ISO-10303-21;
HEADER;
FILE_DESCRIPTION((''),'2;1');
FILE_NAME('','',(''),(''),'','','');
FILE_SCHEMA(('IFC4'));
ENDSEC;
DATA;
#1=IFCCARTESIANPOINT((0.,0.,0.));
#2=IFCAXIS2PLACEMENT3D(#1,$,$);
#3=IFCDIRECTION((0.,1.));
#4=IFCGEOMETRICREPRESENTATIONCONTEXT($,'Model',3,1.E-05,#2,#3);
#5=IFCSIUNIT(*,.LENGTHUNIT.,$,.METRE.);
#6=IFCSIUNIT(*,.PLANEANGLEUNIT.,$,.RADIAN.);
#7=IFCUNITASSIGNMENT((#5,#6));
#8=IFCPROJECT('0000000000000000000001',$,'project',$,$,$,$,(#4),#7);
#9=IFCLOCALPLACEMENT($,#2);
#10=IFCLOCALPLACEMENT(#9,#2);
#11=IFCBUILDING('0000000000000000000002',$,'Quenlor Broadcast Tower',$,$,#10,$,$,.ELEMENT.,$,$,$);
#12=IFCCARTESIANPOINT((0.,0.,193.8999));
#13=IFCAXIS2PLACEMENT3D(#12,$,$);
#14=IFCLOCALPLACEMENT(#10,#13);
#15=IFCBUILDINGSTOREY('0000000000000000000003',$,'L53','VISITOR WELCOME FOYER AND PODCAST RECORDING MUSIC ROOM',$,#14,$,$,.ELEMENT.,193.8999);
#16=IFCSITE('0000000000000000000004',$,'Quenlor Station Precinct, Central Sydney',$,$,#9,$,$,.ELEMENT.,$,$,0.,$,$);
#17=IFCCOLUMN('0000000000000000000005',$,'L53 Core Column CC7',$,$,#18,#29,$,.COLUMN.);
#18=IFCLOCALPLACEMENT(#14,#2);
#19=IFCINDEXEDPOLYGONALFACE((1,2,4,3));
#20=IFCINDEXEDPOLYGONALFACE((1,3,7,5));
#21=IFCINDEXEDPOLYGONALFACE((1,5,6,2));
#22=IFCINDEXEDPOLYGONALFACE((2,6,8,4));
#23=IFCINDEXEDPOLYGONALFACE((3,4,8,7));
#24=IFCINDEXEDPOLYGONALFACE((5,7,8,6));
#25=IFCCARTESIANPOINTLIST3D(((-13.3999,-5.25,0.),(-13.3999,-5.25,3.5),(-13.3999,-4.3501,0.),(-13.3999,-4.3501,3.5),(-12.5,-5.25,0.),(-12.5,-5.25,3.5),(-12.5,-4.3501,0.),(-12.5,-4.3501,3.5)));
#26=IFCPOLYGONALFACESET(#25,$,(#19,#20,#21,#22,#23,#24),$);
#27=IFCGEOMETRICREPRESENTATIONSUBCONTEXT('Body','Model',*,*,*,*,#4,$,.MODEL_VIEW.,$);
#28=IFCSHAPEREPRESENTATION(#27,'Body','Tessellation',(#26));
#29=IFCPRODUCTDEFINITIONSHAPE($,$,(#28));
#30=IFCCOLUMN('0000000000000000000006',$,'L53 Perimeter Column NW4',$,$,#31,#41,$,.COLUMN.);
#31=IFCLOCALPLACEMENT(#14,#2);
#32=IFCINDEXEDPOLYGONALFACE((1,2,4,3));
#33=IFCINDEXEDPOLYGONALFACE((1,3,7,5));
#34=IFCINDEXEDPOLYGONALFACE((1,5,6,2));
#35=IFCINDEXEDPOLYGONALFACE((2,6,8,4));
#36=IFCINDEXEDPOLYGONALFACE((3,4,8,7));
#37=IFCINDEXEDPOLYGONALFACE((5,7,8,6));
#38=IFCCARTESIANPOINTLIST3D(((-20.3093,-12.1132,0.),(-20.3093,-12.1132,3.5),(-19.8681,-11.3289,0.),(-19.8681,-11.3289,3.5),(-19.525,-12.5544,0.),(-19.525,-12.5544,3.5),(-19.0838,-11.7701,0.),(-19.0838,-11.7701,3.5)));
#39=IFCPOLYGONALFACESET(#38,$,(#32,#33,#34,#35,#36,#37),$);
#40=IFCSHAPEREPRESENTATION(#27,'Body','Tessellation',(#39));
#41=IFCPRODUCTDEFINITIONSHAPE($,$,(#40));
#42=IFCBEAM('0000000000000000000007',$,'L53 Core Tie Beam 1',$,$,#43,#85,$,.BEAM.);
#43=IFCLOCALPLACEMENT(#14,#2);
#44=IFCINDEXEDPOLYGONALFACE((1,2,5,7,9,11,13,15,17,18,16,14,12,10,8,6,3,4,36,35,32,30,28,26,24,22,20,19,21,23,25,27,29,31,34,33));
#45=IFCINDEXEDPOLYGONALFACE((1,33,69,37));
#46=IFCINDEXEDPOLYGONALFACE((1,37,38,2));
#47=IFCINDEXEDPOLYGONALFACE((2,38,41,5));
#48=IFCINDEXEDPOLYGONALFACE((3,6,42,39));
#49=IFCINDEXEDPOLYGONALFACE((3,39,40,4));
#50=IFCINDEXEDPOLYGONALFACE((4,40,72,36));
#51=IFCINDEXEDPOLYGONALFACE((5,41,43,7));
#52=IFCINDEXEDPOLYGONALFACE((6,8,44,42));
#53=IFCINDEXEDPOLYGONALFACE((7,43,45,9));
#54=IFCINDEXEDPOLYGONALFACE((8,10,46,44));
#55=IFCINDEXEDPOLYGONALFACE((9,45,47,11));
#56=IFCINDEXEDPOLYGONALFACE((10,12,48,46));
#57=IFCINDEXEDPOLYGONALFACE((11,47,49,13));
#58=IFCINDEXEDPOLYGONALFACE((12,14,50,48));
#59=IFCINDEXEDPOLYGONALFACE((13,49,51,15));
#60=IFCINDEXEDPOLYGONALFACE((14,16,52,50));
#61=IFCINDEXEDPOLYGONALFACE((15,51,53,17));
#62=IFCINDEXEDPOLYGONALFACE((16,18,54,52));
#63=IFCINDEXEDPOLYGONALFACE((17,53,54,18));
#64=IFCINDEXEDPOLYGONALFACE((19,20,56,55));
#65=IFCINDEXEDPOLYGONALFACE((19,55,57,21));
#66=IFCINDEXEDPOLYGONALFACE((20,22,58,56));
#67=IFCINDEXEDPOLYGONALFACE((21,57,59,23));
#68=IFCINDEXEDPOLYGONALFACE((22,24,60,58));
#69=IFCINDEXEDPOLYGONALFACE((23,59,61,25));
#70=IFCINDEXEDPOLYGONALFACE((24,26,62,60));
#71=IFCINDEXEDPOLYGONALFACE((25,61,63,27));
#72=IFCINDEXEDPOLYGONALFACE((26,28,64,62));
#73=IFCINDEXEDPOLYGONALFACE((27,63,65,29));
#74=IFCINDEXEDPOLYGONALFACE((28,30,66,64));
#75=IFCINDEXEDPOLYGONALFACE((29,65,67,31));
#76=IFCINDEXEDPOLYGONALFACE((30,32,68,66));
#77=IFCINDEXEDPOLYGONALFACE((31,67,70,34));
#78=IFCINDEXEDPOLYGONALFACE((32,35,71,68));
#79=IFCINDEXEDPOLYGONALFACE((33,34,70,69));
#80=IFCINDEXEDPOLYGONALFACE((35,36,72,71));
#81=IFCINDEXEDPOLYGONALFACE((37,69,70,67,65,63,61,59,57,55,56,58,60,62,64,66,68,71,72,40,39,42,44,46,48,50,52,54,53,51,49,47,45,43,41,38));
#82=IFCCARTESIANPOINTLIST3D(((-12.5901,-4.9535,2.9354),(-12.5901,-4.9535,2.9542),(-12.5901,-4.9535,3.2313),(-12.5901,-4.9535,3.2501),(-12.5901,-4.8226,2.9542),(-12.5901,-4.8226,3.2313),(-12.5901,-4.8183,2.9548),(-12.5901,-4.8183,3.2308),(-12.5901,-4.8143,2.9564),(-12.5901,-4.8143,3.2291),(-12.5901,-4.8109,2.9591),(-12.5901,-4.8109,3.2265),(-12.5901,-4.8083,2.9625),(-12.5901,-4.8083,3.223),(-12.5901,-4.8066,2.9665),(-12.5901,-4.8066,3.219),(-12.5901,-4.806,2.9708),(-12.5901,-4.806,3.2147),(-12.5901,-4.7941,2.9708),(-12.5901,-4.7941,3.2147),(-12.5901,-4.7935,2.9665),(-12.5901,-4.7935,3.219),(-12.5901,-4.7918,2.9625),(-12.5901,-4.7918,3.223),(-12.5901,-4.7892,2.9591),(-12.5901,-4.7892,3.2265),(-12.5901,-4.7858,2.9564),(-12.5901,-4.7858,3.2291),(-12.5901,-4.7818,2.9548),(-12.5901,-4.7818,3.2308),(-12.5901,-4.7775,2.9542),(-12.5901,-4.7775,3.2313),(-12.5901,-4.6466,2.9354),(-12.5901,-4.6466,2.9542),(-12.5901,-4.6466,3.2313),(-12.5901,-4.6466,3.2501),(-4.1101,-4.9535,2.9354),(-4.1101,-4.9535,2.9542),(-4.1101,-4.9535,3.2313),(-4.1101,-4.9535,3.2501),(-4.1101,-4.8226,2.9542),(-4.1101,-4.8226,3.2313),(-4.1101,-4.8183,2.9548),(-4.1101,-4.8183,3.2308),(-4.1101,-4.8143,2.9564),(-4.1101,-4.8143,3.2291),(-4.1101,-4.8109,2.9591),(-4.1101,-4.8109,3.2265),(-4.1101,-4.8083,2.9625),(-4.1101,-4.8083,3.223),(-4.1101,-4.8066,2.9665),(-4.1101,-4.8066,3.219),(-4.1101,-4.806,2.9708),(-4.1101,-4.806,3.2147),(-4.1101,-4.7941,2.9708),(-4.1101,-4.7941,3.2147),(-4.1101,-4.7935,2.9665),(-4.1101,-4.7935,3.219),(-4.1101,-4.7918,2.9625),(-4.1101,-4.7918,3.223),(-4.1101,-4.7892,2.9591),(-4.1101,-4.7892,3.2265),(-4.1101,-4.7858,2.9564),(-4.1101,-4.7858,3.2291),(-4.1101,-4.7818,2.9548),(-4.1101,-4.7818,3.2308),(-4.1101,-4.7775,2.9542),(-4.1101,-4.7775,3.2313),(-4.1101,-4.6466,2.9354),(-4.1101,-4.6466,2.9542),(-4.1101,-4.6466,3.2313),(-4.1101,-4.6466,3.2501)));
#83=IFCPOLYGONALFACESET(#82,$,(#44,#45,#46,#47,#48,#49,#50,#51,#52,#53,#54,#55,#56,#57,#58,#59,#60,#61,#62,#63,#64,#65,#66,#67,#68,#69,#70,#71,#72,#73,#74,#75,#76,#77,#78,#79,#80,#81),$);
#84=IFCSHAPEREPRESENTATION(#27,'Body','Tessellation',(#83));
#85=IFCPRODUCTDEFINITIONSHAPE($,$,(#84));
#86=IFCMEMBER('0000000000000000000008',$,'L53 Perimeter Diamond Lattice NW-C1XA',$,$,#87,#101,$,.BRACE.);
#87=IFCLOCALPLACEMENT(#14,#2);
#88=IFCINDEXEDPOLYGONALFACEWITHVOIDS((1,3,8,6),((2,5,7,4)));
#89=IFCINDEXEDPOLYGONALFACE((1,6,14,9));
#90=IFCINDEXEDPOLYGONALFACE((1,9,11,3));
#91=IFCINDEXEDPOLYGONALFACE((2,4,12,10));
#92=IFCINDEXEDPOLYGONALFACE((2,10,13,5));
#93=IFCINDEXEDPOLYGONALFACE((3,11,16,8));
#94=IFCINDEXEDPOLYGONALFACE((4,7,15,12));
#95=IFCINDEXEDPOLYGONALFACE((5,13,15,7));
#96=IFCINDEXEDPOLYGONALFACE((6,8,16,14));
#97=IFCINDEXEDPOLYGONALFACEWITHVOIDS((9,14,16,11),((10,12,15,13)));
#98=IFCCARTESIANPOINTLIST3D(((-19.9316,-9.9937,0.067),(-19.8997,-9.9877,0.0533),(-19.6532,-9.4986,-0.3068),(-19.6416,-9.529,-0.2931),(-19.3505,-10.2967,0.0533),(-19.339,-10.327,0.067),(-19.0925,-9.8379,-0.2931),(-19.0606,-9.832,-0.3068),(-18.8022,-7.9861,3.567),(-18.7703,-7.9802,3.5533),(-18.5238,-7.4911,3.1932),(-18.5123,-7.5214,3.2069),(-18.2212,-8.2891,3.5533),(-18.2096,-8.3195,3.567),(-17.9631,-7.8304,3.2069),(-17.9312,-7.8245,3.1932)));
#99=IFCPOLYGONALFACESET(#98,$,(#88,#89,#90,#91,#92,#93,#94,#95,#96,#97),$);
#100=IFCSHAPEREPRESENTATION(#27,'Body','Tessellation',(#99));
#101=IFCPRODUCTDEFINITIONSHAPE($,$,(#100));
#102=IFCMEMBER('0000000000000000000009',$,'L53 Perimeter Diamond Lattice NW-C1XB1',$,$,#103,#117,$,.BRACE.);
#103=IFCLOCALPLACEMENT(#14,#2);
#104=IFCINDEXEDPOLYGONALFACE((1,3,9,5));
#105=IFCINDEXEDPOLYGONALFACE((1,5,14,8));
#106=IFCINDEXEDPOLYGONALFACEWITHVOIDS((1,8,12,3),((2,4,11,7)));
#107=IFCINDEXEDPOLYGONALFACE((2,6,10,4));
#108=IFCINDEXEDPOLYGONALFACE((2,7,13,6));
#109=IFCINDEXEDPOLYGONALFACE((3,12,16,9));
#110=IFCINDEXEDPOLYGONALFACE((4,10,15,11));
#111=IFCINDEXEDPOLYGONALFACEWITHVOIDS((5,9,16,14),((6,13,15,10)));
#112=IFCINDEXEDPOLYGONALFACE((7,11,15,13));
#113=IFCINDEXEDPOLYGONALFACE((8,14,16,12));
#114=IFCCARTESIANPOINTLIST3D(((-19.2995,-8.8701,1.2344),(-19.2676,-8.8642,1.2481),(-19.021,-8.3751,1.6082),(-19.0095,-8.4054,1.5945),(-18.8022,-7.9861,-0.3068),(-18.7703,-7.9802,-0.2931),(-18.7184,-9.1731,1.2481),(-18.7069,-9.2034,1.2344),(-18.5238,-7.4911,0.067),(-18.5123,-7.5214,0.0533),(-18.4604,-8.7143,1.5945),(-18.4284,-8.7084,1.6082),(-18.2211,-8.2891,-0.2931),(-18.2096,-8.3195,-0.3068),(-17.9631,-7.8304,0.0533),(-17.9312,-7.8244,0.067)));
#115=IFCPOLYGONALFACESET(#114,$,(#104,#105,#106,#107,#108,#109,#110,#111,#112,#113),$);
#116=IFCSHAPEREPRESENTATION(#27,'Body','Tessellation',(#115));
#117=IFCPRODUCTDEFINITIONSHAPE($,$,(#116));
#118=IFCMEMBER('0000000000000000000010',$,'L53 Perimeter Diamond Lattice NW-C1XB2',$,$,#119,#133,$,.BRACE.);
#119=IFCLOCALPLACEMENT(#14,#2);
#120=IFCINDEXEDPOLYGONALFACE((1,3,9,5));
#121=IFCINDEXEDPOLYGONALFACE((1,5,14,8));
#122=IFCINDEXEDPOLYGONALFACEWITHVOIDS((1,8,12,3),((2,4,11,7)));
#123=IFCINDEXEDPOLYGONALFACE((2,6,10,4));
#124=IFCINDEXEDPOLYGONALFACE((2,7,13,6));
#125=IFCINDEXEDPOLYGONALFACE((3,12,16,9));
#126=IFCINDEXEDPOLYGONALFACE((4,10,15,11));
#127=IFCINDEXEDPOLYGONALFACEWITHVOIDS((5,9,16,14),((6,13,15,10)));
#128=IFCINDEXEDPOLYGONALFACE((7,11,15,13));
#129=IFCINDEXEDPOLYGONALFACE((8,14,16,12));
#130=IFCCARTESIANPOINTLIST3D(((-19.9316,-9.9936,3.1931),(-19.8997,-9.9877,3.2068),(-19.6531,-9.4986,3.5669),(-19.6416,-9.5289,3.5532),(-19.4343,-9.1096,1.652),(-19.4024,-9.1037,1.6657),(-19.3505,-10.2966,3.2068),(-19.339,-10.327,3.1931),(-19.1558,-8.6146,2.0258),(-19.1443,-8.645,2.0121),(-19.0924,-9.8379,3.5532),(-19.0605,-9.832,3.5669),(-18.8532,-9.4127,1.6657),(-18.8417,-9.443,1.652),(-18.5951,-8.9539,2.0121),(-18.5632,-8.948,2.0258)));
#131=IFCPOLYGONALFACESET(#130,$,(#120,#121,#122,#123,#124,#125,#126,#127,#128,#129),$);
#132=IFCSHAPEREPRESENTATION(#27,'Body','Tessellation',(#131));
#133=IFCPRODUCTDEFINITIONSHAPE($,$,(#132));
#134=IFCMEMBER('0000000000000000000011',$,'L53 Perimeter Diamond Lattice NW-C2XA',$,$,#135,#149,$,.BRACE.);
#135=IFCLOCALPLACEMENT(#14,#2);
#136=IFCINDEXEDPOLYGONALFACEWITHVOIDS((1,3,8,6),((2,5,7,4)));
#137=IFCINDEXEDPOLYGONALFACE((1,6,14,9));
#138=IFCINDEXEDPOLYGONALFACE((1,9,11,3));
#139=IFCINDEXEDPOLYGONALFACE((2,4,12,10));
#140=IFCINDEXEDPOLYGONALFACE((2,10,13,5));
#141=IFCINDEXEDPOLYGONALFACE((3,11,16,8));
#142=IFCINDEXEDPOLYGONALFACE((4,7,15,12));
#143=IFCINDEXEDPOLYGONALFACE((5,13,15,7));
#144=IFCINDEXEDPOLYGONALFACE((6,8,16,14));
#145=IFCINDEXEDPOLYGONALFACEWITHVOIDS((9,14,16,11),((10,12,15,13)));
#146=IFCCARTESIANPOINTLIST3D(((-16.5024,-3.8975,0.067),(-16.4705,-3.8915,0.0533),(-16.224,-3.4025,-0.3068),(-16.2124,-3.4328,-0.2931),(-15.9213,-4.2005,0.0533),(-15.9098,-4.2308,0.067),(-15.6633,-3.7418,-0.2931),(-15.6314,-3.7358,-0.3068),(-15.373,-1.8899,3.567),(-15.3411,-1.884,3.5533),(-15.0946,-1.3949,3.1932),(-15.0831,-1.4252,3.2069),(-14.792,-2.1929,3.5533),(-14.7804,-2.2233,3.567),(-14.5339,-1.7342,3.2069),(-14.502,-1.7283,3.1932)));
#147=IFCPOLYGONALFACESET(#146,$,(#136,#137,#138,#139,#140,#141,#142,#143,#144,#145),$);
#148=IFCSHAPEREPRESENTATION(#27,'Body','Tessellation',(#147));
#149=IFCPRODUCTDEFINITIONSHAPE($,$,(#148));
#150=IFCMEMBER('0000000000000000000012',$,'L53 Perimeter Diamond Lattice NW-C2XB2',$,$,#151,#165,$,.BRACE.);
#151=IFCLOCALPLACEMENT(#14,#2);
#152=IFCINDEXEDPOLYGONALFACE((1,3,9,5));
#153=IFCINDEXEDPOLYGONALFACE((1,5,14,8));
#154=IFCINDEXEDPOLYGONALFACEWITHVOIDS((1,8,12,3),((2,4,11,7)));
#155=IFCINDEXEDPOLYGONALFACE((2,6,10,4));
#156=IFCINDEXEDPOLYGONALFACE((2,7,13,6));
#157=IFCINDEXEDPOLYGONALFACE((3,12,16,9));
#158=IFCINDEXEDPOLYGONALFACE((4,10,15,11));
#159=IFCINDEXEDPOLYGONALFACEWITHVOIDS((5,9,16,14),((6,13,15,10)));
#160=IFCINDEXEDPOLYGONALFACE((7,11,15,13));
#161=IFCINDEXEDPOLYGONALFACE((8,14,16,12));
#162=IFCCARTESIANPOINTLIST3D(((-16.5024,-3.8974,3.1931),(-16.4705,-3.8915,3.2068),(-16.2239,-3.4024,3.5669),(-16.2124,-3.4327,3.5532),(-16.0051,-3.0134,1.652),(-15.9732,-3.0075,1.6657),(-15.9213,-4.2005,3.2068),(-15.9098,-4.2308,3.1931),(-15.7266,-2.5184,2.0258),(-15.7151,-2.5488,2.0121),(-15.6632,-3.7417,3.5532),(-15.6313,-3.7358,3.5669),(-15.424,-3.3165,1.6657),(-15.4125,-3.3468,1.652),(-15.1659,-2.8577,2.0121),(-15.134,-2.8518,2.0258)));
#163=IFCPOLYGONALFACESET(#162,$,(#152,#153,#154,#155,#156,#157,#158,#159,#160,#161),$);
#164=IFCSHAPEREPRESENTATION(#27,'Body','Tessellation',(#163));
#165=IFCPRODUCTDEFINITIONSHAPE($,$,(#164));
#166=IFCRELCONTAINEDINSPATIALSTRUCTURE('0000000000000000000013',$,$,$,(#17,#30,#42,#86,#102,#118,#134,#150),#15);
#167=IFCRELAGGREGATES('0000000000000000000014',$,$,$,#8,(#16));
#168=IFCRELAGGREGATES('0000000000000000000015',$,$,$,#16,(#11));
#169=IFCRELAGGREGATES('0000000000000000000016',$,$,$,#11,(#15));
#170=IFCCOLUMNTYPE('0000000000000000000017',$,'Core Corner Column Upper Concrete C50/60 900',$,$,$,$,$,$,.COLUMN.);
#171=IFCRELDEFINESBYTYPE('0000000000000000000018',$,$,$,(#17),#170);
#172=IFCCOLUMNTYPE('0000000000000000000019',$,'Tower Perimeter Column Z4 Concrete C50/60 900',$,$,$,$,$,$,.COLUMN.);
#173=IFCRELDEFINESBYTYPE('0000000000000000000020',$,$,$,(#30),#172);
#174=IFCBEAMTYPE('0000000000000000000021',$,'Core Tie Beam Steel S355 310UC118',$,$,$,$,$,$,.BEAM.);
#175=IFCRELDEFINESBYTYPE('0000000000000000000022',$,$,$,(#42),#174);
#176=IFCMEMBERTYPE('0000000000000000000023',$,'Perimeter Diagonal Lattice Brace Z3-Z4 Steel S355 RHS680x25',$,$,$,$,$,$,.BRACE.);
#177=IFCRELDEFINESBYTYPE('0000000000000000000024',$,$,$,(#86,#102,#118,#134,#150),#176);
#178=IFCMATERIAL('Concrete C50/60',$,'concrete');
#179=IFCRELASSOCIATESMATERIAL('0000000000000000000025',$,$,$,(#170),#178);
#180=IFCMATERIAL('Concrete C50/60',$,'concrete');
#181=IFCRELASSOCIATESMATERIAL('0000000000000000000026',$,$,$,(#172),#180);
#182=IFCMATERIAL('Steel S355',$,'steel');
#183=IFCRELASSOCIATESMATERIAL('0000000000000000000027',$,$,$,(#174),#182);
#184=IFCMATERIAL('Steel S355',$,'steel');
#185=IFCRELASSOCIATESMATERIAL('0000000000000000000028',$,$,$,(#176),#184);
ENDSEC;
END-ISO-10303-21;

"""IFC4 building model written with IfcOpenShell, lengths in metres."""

from ifc_helpers import new_model, si_unit, direction, frame, origin, origin_2d, place, context, subcontext, project, spatial, rectangle, hollow_rectangle, i_section, extrude, material, material_profile, profile_set, type_object, element, save


model = new_model("IFC4")

# Units and contexts
model_context = context("Model", 3, precision=1e-05, world=origin(), true_north=direction((0.0, 1.0)))
body_context = subcontext(model_context, "Body", "Model", "MODEL_VIEW")
ifc_project = project(units=[si_unit("LENGTHUNIT", "METRE"), si_unit("PLANEANGLEUNIT", "RADIAN")], contexts=[model_context])

# Site, building, storey
site_placement = place(None, origin())
site = spatial("IfcSite", under=ifc_project, at=site_placement, Name="Quenlor Station Precinct, Central Sydney", CompositionType="ELEMENT", RefElevation=0.0)
building_placement = place(site_placement, origin())
building = spatial("IfcBuilding", under=site, at=building_placement, Name="Quenlor Broadcast Tower", CompositionType="ELEMENT")
storey_placement = place(building_placement, frame((0.0, 0.0, 193.8999)))
storey = spatial("IfcBuildingStorey", under=building, at=storey_placement, Name="L53", Description="VISITOR WELCOME FOYER AND PODCAST RECORDING MUSIC ROOM", CompositionType="ELEMENT", Elevation=193.8999)

# Columns
ifc_material_1 = material(Name="Concrete C50/60", Category="concrete")
ifc_material_profile_1 = material_profile(ifc_material_1, rectangle(XDim=0.8999, YDim=0.8999, at=origin_2d()))
ifc_profile_set_1 = profile_set([ifc_material_profile_1], Name="Concrete C50/60 RC900x900")
column_type_1 = type_object("IfcColumnType", Name="Core Corner Column Upper Concrete C50/60 900", PredefinedType="COLUMN", material=ifc_profile_set_1)
column_1_placement = place(storey_placement, frame((-12.95, -4.8, 0.0), z_axis=(0.0, 0.0, 1.0), x_axis=(1.0, 0.0, 0.0)))
element("IfcColumn", 1, at=column_1_placement, inside=storey, type_object=column_type_1, Name="L53 Core Column CC7", PredefinedType="COLUMN", context=body_context, shape_type="SweptSolid", body=[
    extrude(rectangle(XDim=0.8999, YDim=0.8999, at=origin_2d()), origin(), (0.0, 0.0, 1.0), 3.5),
])
ifc_material_2 = material(Name="Concrete C50/60", Category="concrete")
ifc_material_profile_2 = material_profile(ifc_material_2, rectangle(XDim=0.8999, YDim=0.8999, at=origin_2d()))
ifc_profile_set_2 = profile_set([ifc_material_profile_2], Name="Concrete C50/60 RC900x900")
column_type_2 = type_object("IfcColumnType", Name="Tower Perimeter Column Z4 Concrete C50/60 900", PredefinedType="COLUMN", material=ifc_profile_set_2)
column_2_placement = place(storey_placement, frame((-19.6965, -11.9417, 0.0), z_axis=(0.0, 0.0, 1.0), x_axis=(-0.871575, 0.490262, 0.0)))
element("IfcColumn", 2, at=column_2_placement, inside=storey, type_object=column_type_2, Name="L53 Perimeter Column NW4", PredefinedType="COLUMN", context=body_context, shape_type="SweptSolid", body=[
    extrude(rectangle(XDim=0.8999, YDim=0.8999, at=origin_2d()), origin(), (0.0, 0.0, 1.0), 3.5),
])

# Beam
ifc_material_3 = material(Name="Steel S355", Category="steel")
ifc_material_profile_3 = material_profile(ifc_material_3, i_section(OverallWidth=0.3069, OverallDepth=0.3147, WebThickness=0.012, FlangeThickness=0.0188, FilletRadius=0.0166, at=origin_2d()))
ifc_profile_set_3 = profile_set([ifc_material_profile_3], Name="Steel S355 310UC118")
beam_type_1 = type_object("IfcBeamType", Name="Core Tie Beam Steel S355 310UC118", PredefinedType="BEAM", material=ifc_profile_set_3)
beam_1_placement = place(storey_placement, frame((-12.5901, -4.8, 3.0928), z_axis=(1.0, 0.0, 0.0), x_axis=(0.0, 1.0, 0.0)))
element("IfcBeam", 3, at=beam_1_placement, inside=storey, type_object=beam_type_1, Name="L53 Core Tie Beam 1", PredefinedType="BEAM", context=body_context, shape_type="SweptSolid", body=[
    extrude(i_section(OverallWidth=0.3069, OverallDepth=0.3147, WebThickness=0.012, FlangeThickness=0.0188, FilletRadius=0.0166, at=origin_2d()), origin(), (0.0, 0.0, 1.0), 8.48),
])

# Members
ifc_material_4 = material(Name="Steel S355", Category="steel")
ifc_material_profile_4 = material_profile(ifc_material_4, hollow_rectangle(XDim=0.6799, YDim=0.6799, WallThickness=0.0249, at=origin_2d()))
ifc_profile_set_4 = profile_set([ifc_material_profile_4], Name="Steel S355 RHS680x680x25")
member_type = type_object("IfcMemberType", Name="Perimeter Diagonal Lattice Brace Z3-Z4 Steel S355 RHS680x25", PredefinedType="BRACE", material=ifc_profile_set_4)
member_1_placement = place(storey_placement, frame((-19.4961, -9.9128, -0.1199), z_axis=(0.269547, 0.479136, 0.835328), x_axis=(-0.87155, 0.490307, 0.0)))
element("IfcMember", 4, at=member_1_placement, inside=storey, type_object=member_type, Name="L53 Perimeter Diamond Lattice NW-C1XA", PredefinedType="BRACE", context=body_context, shape_type="SweptSolid", body=[
    extrude(hollow_rectangle(XDim=0.6799, YDim=0.6799, WallThickness=0.0249, at=origin_2d()), origin(), (0.0, 0.0, 1.0), 4.1899),
])
for number, where, z_axis, x_axis, name in (
    (5, (-18.3667, -7.9053, -0.1199), (-0.269536, -0.47913, 0.835335), (0.871556, -0.490296, 0.0), "L53 Perimeter Diamond Lattice NW-C1XB1"),
    (6, (-18.9988, -9.0288, 1.8389), (-0.269536, -0.47913, 0.835335), (0.871556, -0.490296, 0.0), "L53 Perimeter Diamond Lattice NW-C1XB2"),
):
    element("IfcMember", number, at=place(storey_placement, frame(where, z_axis=z_axis, x_axis=x_axis)), inside=storey, type_object=member_type, Name=name, PredefinedType="BRACE", context=body_context, shape_type="SweptSolid", body=[
        extrude(hollow_rectangle(XDim=0.6799, YDim=0.6799, WallThickness=0.0249, at=origin_2d()), origin(), (0.0, 0.0, 1.0), 1.845),
    ])
member_2_placement = place(storey_placement, frame((-16.0669, -3.8167, -0.1199), z_axis=(0.269547, 0.479136, 0.835328), x_axis=(-0.87155, 0.490307, 0.0)))
element("IfcMember", 7, at=member_2_placement, inside=storey, type_object=member_type, Name="L53 Perimeter Diamond Lattice NW-C2XA", PredefinedType="BRACE", context=body_context, shape_type="SweptSolid", body=[
    extrude(hollow_rectangle(XDim=0.6799, YDim=0.6799, WallThickness=0.0249, at=origin_2d()), origin(), (0.0, 0.0, 1.0), 4.1899),
])
member_3_placement = place(storey_placement, frame((-15.5696, -2.9326, 1.8389), z_axis=(-0.269536, -0.47913, 0.835335), x_axis=(0.871556, -0.490296, 0.0)))
element("IfcMember", 8, at=member_3_placement, inside=storey, type_object=member_type, Name="L53 Perimeter Diamond Lattice NW-C2XB2", PredefinedType="BRACE", context=body_context, shape_type="SweptSolid", body=[
    extrude(hollow_rectangle(XDim=0.6799, YDim=0.6799, WallThickness=0.0249, at=origin_2d()), origin(), (0.0, 0.0, 1.0), 1.845),
])

save(model, "model.ifc")
